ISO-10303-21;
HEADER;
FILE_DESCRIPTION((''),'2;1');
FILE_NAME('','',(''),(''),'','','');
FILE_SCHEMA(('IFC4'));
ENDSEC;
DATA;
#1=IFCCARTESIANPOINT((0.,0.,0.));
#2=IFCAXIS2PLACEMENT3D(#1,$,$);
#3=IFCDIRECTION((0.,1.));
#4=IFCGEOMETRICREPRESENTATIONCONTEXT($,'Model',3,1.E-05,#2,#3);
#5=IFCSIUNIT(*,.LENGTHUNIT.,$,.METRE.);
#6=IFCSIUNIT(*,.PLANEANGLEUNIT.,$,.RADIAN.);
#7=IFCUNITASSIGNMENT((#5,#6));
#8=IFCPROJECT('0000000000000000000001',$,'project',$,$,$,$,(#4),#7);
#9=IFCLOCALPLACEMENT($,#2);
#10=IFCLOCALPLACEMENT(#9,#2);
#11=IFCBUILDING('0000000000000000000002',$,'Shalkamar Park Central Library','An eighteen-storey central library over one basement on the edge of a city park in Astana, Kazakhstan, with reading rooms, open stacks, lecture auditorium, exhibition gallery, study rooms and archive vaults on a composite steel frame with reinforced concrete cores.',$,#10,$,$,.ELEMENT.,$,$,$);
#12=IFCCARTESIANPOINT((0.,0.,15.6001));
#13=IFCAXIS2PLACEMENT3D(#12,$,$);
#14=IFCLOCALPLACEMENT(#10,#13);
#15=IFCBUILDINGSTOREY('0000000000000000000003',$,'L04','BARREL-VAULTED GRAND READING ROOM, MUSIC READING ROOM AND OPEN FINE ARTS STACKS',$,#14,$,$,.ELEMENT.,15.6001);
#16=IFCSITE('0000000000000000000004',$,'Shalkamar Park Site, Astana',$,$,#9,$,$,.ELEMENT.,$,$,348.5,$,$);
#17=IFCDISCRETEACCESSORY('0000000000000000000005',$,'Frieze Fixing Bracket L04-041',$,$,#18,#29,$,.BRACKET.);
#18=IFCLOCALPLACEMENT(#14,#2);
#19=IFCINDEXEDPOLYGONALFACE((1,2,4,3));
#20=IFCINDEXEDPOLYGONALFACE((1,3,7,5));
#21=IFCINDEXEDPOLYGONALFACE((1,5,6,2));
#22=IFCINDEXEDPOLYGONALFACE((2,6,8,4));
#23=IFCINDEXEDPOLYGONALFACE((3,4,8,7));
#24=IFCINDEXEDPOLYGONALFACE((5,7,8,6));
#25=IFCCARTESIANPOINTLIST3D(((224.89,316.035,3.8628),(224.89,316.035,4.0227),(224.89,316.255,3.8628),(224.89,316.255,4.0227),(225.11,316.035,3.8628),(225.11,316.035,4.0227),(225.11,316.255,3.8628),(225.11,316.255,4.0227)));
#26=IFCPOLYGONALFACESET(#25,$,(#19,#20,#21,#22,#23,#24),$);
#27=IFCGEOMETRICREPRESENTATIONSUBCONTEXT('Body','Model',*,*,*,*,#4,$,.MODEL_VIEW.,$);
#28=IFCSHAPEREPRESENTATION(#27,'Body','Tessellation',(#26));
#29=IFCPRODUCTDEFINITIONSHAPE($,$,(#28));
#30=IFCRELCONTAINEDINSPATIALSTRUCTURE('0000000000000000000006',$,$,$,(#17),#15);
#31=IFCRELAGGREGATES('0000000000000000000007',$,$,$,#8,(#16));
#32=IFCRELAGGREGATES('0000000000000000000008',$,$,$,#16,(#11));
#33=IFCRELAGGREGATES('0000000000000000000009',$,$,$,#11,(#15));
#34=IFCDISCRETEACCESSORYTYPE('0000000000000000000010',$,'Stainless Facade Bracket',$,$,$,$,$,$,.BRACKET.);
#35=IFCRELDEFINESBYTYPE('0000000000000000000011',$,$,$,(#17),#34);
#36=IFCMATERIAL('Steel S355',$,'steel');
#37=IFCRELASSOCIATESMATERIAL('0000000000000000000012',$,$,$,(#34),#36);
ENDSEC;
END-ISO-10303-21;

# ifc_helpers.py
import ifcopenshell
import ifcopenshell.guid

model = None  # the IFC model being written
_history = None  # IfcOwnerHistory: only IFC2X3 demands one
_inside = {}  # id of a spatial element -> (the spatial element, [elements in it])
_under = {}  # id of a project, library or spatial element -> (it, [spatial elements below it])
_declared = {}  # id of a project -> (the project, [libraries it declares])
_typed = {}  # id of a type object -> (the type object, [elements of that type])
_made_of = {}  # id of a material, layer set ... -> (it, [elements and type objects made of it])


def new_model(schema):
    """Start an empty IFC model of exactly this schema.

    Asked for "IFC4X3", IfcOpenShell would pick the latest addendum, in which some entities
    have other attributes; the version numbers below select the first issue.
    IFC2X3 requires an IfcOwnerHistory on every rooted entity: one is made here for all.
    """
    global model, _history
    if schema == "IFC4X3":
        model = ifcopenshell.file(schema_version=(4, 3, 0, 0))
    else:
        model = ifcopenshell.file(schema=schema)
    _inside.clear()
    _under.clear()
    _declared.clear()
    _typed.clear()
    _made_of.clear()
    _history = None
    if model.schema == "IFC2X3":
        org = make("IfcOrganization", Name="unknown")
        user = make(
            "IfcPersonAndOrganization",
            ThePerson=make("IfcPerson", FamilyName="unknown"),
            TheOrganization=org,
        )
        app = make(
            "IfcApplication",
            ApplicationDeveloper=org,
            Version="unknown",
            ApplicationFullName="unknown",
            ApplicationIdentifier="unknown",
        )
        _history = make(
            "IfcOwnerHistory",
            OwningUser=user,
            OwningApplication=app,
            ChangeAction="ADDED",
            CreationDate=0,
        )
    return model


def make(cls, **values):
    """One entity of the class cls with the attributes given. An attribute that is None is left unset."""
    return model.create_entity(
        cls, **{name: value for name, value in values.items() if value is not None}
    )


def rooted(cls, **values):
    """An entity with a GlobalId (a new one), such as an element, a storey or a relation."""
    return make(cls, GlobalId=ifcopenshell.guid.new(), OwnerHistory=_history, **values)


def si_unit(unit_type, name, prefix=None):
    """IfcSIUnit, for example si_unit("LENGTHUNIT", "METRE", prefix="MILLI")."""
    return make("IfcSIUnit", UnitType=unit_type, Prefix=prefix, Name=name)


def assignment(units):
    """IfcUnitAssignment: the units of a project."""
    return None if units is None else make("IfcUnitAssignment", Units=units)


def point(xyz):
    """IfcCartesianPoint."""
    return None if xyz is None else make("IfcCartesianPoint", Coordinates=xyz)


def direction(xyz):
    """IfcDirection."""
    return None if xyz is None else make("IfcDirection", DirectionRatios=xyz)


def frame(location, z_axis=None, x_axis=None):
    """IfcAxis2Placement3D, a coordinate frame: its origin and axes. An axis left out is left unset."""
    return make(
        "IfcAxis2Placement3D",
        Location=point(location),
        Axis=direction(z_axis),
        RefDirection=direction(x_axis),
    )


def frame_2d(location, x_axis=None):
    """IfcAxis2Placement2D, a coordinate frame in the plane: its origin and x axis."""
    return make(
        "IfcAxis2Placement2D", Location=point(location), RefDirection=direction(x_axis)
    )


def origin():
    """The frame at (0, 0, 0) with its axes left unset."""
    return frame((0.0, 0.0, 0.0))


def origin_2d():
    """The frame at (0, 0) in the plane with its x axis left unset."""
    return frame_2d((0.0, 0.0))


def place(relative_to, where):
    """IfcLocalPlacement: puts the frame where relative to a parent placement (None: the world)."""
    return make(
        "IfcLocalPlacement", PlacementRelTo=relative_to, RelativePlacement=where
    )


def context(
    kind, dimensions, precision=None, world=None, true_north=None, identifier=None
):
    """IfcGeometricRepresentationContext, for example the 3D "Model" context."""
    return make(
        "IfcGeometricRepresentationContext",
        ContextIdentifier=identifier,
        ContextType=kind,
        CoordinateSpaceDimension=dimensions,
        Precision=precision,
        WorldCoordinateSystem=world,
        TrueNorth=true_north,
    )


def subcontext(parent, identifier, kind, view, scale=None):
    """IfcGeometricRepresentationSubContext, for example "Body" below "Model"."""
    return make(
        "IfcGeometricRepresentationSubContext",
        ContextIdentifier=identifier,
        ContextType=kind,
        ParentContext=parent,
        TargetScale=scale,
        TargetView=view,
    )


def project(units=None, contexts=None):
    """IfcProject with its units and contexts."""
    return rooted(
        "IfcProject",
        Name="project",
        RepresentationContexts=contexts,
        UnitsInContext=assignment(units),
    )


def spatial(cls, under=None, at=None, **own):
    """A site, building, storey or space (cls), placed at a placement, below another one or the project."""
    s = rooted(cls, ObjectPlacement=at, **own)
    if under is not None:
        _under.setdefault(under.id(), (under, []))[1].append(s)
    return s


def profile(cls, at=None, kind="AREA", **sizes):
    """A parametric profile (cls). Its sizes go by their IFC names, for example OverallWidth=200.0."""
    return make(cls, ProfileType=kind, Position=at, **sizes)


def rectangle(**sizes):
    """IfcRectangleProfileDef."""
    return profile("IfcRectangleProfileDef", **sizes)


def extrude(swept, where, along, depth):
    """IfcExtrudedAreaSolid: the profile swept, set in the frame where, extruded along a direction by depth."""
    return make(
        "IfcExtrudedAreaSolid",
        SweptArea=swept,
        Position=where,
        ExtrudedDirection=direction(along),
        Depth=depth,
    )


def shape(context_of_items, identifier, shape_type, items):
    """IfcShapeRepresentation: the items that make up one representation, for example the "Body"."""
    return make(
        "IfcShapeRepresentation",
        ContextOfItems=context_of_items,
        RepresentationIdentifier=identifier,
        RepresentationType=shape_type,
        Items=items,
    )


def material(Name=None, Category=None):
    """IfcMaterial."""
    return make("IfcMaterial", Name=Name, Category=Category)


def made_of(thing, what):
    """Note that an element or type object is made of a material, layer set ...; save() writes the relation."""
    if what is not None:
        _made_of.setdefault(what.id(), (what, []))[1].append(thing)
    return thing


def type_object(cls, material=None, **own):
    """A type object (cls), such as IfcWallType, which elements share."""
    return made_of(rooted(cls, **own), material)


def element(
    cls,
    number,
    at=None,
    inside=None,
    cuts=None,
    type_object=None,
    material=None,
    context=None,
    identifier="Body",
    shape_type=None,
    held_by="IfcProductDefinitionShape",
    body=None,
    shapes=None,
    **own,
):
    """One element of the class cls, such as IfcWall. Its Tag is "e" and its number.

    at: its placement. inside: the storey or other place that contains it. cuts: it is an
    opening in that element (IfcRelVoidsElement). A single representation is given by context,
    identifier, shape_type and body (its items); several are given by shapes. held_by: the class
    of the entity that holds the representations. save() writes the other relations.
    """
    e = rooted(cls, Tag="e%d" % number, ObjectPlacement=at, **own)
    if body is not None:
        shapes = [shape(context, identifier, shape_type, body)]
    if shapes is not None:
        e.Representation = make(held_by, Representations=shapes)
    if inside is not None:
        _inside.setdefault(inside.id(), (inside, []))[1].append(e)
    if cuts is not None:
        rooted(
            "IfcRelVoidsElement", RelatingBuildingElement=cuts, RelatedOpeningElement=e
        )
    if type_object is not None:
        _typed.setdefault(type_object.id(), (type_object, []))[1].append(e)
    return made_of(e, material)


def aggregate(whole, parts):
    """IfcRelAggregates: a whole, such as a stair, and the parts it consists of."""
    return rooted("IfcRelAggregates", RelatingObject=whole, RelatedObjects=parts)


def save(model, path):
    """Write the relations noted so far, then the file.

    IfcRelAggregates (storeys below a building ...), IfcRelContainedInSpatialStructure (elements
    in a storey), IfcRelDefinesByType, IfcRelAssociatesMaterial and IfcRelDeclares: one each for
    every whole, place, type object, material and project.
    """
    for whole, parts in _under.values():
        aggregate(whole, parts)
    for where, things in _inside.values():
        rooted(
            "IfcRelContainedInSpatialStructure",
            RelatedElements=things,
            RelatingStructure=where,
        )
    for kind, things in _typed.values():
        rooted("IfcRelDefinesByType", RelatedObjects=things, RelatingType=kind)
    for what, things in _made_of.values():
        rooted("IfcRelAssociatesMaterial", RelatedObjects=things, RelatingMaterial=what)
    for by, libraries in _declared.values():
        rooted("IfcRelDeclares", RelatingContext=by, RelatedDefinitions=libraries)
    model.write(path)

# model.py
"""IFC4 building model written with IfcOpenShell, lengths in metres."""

from ifc_helpers import new_model, si_unit, direction, frame, origin, origin_2d, place, context, subcontext, project, spatial, rectangle, extrude, material, type_object, element, save


model = new_model("IFC4")

# Units and contexts
model_context = context("Model", 3, precision=1e-05, world=origin(), true_north=direction((0.0, 1.0)))
body_context = subcontext(model_context, "Body", "Model", "MODEL_VIEW")
ifc_project = project(units=[si_unit("LENGTHUNIT", "METRE"), si_unit("PLANEANGLEUNIT", "RADIAN")], contexts=[model_context])

# Site, building, storey
site_placement = place(None, origin())
site = spatial("IfcSite", under=ifc_project, at=site_placement, Name="Shalkamar Park Site, Astana", CompositionType="ELEMENT", RefElevation=348.5)
building_placement = place(site_placement, origin())
building = spatial("IfcBuilding", under=site, at=building_placement, Name="Shalkamar Park Central Library", Description="An eighteen-storey central library over one basement on the edge of a city park in Astana, Kazakhstan, with reading rooms, open stacks, lecture auditorium, exhibition gallery, study rooms and archive vaults on a composite steel frame with reinforced concrete cores.", CompositionType="ELEMENT")
storey_placement = place(building_placement, frame((0.0, 0.0, 15.6001)))
storey = spatial("IfcBuildingStorey", under=building, at=storey_placement, Name="L04", Description="BARREL-VAULTED GRAND READING ROOM, MUSIC READING ROOM AND OPEN FINE ARTS STACKS", CompositionType="ELEMENT", Elevation=15.6001)

# Shared definitions
ifc_material_1 = material(Name="Steel S355", Category="steel")

# Discrete accessory
discrete_accessory_type = type_object("IfcDiscreteAccessoryType", Name="Stainless Facade Bracket", PredefinedType="BRACKET", material=ifc_material_1)
discrete_accessory_placement = place(storey_placement, frame((225.0, 316.145, 3.8628), z_axis=(0.0, 0.0, 1.0), x_axis=(1.0, 0.0, 0.0)))
element("IfcDiscreteAccessory", 1, at=discrete_accessory_placement, inside=storey, type_object=discrete_accessory_type, Name="Frieze Fixing Bracket L04-041", PredefinedType="BRACKET", context=body_context, shape_type="SweptSolid", body=[
    extrude(rectangle(XDim=0.22, YDim=0.22, at=origin_2d()), origin(), (0.0, 0.0, 1.0), 0.1599),
])

save(model, "model.ifc")
